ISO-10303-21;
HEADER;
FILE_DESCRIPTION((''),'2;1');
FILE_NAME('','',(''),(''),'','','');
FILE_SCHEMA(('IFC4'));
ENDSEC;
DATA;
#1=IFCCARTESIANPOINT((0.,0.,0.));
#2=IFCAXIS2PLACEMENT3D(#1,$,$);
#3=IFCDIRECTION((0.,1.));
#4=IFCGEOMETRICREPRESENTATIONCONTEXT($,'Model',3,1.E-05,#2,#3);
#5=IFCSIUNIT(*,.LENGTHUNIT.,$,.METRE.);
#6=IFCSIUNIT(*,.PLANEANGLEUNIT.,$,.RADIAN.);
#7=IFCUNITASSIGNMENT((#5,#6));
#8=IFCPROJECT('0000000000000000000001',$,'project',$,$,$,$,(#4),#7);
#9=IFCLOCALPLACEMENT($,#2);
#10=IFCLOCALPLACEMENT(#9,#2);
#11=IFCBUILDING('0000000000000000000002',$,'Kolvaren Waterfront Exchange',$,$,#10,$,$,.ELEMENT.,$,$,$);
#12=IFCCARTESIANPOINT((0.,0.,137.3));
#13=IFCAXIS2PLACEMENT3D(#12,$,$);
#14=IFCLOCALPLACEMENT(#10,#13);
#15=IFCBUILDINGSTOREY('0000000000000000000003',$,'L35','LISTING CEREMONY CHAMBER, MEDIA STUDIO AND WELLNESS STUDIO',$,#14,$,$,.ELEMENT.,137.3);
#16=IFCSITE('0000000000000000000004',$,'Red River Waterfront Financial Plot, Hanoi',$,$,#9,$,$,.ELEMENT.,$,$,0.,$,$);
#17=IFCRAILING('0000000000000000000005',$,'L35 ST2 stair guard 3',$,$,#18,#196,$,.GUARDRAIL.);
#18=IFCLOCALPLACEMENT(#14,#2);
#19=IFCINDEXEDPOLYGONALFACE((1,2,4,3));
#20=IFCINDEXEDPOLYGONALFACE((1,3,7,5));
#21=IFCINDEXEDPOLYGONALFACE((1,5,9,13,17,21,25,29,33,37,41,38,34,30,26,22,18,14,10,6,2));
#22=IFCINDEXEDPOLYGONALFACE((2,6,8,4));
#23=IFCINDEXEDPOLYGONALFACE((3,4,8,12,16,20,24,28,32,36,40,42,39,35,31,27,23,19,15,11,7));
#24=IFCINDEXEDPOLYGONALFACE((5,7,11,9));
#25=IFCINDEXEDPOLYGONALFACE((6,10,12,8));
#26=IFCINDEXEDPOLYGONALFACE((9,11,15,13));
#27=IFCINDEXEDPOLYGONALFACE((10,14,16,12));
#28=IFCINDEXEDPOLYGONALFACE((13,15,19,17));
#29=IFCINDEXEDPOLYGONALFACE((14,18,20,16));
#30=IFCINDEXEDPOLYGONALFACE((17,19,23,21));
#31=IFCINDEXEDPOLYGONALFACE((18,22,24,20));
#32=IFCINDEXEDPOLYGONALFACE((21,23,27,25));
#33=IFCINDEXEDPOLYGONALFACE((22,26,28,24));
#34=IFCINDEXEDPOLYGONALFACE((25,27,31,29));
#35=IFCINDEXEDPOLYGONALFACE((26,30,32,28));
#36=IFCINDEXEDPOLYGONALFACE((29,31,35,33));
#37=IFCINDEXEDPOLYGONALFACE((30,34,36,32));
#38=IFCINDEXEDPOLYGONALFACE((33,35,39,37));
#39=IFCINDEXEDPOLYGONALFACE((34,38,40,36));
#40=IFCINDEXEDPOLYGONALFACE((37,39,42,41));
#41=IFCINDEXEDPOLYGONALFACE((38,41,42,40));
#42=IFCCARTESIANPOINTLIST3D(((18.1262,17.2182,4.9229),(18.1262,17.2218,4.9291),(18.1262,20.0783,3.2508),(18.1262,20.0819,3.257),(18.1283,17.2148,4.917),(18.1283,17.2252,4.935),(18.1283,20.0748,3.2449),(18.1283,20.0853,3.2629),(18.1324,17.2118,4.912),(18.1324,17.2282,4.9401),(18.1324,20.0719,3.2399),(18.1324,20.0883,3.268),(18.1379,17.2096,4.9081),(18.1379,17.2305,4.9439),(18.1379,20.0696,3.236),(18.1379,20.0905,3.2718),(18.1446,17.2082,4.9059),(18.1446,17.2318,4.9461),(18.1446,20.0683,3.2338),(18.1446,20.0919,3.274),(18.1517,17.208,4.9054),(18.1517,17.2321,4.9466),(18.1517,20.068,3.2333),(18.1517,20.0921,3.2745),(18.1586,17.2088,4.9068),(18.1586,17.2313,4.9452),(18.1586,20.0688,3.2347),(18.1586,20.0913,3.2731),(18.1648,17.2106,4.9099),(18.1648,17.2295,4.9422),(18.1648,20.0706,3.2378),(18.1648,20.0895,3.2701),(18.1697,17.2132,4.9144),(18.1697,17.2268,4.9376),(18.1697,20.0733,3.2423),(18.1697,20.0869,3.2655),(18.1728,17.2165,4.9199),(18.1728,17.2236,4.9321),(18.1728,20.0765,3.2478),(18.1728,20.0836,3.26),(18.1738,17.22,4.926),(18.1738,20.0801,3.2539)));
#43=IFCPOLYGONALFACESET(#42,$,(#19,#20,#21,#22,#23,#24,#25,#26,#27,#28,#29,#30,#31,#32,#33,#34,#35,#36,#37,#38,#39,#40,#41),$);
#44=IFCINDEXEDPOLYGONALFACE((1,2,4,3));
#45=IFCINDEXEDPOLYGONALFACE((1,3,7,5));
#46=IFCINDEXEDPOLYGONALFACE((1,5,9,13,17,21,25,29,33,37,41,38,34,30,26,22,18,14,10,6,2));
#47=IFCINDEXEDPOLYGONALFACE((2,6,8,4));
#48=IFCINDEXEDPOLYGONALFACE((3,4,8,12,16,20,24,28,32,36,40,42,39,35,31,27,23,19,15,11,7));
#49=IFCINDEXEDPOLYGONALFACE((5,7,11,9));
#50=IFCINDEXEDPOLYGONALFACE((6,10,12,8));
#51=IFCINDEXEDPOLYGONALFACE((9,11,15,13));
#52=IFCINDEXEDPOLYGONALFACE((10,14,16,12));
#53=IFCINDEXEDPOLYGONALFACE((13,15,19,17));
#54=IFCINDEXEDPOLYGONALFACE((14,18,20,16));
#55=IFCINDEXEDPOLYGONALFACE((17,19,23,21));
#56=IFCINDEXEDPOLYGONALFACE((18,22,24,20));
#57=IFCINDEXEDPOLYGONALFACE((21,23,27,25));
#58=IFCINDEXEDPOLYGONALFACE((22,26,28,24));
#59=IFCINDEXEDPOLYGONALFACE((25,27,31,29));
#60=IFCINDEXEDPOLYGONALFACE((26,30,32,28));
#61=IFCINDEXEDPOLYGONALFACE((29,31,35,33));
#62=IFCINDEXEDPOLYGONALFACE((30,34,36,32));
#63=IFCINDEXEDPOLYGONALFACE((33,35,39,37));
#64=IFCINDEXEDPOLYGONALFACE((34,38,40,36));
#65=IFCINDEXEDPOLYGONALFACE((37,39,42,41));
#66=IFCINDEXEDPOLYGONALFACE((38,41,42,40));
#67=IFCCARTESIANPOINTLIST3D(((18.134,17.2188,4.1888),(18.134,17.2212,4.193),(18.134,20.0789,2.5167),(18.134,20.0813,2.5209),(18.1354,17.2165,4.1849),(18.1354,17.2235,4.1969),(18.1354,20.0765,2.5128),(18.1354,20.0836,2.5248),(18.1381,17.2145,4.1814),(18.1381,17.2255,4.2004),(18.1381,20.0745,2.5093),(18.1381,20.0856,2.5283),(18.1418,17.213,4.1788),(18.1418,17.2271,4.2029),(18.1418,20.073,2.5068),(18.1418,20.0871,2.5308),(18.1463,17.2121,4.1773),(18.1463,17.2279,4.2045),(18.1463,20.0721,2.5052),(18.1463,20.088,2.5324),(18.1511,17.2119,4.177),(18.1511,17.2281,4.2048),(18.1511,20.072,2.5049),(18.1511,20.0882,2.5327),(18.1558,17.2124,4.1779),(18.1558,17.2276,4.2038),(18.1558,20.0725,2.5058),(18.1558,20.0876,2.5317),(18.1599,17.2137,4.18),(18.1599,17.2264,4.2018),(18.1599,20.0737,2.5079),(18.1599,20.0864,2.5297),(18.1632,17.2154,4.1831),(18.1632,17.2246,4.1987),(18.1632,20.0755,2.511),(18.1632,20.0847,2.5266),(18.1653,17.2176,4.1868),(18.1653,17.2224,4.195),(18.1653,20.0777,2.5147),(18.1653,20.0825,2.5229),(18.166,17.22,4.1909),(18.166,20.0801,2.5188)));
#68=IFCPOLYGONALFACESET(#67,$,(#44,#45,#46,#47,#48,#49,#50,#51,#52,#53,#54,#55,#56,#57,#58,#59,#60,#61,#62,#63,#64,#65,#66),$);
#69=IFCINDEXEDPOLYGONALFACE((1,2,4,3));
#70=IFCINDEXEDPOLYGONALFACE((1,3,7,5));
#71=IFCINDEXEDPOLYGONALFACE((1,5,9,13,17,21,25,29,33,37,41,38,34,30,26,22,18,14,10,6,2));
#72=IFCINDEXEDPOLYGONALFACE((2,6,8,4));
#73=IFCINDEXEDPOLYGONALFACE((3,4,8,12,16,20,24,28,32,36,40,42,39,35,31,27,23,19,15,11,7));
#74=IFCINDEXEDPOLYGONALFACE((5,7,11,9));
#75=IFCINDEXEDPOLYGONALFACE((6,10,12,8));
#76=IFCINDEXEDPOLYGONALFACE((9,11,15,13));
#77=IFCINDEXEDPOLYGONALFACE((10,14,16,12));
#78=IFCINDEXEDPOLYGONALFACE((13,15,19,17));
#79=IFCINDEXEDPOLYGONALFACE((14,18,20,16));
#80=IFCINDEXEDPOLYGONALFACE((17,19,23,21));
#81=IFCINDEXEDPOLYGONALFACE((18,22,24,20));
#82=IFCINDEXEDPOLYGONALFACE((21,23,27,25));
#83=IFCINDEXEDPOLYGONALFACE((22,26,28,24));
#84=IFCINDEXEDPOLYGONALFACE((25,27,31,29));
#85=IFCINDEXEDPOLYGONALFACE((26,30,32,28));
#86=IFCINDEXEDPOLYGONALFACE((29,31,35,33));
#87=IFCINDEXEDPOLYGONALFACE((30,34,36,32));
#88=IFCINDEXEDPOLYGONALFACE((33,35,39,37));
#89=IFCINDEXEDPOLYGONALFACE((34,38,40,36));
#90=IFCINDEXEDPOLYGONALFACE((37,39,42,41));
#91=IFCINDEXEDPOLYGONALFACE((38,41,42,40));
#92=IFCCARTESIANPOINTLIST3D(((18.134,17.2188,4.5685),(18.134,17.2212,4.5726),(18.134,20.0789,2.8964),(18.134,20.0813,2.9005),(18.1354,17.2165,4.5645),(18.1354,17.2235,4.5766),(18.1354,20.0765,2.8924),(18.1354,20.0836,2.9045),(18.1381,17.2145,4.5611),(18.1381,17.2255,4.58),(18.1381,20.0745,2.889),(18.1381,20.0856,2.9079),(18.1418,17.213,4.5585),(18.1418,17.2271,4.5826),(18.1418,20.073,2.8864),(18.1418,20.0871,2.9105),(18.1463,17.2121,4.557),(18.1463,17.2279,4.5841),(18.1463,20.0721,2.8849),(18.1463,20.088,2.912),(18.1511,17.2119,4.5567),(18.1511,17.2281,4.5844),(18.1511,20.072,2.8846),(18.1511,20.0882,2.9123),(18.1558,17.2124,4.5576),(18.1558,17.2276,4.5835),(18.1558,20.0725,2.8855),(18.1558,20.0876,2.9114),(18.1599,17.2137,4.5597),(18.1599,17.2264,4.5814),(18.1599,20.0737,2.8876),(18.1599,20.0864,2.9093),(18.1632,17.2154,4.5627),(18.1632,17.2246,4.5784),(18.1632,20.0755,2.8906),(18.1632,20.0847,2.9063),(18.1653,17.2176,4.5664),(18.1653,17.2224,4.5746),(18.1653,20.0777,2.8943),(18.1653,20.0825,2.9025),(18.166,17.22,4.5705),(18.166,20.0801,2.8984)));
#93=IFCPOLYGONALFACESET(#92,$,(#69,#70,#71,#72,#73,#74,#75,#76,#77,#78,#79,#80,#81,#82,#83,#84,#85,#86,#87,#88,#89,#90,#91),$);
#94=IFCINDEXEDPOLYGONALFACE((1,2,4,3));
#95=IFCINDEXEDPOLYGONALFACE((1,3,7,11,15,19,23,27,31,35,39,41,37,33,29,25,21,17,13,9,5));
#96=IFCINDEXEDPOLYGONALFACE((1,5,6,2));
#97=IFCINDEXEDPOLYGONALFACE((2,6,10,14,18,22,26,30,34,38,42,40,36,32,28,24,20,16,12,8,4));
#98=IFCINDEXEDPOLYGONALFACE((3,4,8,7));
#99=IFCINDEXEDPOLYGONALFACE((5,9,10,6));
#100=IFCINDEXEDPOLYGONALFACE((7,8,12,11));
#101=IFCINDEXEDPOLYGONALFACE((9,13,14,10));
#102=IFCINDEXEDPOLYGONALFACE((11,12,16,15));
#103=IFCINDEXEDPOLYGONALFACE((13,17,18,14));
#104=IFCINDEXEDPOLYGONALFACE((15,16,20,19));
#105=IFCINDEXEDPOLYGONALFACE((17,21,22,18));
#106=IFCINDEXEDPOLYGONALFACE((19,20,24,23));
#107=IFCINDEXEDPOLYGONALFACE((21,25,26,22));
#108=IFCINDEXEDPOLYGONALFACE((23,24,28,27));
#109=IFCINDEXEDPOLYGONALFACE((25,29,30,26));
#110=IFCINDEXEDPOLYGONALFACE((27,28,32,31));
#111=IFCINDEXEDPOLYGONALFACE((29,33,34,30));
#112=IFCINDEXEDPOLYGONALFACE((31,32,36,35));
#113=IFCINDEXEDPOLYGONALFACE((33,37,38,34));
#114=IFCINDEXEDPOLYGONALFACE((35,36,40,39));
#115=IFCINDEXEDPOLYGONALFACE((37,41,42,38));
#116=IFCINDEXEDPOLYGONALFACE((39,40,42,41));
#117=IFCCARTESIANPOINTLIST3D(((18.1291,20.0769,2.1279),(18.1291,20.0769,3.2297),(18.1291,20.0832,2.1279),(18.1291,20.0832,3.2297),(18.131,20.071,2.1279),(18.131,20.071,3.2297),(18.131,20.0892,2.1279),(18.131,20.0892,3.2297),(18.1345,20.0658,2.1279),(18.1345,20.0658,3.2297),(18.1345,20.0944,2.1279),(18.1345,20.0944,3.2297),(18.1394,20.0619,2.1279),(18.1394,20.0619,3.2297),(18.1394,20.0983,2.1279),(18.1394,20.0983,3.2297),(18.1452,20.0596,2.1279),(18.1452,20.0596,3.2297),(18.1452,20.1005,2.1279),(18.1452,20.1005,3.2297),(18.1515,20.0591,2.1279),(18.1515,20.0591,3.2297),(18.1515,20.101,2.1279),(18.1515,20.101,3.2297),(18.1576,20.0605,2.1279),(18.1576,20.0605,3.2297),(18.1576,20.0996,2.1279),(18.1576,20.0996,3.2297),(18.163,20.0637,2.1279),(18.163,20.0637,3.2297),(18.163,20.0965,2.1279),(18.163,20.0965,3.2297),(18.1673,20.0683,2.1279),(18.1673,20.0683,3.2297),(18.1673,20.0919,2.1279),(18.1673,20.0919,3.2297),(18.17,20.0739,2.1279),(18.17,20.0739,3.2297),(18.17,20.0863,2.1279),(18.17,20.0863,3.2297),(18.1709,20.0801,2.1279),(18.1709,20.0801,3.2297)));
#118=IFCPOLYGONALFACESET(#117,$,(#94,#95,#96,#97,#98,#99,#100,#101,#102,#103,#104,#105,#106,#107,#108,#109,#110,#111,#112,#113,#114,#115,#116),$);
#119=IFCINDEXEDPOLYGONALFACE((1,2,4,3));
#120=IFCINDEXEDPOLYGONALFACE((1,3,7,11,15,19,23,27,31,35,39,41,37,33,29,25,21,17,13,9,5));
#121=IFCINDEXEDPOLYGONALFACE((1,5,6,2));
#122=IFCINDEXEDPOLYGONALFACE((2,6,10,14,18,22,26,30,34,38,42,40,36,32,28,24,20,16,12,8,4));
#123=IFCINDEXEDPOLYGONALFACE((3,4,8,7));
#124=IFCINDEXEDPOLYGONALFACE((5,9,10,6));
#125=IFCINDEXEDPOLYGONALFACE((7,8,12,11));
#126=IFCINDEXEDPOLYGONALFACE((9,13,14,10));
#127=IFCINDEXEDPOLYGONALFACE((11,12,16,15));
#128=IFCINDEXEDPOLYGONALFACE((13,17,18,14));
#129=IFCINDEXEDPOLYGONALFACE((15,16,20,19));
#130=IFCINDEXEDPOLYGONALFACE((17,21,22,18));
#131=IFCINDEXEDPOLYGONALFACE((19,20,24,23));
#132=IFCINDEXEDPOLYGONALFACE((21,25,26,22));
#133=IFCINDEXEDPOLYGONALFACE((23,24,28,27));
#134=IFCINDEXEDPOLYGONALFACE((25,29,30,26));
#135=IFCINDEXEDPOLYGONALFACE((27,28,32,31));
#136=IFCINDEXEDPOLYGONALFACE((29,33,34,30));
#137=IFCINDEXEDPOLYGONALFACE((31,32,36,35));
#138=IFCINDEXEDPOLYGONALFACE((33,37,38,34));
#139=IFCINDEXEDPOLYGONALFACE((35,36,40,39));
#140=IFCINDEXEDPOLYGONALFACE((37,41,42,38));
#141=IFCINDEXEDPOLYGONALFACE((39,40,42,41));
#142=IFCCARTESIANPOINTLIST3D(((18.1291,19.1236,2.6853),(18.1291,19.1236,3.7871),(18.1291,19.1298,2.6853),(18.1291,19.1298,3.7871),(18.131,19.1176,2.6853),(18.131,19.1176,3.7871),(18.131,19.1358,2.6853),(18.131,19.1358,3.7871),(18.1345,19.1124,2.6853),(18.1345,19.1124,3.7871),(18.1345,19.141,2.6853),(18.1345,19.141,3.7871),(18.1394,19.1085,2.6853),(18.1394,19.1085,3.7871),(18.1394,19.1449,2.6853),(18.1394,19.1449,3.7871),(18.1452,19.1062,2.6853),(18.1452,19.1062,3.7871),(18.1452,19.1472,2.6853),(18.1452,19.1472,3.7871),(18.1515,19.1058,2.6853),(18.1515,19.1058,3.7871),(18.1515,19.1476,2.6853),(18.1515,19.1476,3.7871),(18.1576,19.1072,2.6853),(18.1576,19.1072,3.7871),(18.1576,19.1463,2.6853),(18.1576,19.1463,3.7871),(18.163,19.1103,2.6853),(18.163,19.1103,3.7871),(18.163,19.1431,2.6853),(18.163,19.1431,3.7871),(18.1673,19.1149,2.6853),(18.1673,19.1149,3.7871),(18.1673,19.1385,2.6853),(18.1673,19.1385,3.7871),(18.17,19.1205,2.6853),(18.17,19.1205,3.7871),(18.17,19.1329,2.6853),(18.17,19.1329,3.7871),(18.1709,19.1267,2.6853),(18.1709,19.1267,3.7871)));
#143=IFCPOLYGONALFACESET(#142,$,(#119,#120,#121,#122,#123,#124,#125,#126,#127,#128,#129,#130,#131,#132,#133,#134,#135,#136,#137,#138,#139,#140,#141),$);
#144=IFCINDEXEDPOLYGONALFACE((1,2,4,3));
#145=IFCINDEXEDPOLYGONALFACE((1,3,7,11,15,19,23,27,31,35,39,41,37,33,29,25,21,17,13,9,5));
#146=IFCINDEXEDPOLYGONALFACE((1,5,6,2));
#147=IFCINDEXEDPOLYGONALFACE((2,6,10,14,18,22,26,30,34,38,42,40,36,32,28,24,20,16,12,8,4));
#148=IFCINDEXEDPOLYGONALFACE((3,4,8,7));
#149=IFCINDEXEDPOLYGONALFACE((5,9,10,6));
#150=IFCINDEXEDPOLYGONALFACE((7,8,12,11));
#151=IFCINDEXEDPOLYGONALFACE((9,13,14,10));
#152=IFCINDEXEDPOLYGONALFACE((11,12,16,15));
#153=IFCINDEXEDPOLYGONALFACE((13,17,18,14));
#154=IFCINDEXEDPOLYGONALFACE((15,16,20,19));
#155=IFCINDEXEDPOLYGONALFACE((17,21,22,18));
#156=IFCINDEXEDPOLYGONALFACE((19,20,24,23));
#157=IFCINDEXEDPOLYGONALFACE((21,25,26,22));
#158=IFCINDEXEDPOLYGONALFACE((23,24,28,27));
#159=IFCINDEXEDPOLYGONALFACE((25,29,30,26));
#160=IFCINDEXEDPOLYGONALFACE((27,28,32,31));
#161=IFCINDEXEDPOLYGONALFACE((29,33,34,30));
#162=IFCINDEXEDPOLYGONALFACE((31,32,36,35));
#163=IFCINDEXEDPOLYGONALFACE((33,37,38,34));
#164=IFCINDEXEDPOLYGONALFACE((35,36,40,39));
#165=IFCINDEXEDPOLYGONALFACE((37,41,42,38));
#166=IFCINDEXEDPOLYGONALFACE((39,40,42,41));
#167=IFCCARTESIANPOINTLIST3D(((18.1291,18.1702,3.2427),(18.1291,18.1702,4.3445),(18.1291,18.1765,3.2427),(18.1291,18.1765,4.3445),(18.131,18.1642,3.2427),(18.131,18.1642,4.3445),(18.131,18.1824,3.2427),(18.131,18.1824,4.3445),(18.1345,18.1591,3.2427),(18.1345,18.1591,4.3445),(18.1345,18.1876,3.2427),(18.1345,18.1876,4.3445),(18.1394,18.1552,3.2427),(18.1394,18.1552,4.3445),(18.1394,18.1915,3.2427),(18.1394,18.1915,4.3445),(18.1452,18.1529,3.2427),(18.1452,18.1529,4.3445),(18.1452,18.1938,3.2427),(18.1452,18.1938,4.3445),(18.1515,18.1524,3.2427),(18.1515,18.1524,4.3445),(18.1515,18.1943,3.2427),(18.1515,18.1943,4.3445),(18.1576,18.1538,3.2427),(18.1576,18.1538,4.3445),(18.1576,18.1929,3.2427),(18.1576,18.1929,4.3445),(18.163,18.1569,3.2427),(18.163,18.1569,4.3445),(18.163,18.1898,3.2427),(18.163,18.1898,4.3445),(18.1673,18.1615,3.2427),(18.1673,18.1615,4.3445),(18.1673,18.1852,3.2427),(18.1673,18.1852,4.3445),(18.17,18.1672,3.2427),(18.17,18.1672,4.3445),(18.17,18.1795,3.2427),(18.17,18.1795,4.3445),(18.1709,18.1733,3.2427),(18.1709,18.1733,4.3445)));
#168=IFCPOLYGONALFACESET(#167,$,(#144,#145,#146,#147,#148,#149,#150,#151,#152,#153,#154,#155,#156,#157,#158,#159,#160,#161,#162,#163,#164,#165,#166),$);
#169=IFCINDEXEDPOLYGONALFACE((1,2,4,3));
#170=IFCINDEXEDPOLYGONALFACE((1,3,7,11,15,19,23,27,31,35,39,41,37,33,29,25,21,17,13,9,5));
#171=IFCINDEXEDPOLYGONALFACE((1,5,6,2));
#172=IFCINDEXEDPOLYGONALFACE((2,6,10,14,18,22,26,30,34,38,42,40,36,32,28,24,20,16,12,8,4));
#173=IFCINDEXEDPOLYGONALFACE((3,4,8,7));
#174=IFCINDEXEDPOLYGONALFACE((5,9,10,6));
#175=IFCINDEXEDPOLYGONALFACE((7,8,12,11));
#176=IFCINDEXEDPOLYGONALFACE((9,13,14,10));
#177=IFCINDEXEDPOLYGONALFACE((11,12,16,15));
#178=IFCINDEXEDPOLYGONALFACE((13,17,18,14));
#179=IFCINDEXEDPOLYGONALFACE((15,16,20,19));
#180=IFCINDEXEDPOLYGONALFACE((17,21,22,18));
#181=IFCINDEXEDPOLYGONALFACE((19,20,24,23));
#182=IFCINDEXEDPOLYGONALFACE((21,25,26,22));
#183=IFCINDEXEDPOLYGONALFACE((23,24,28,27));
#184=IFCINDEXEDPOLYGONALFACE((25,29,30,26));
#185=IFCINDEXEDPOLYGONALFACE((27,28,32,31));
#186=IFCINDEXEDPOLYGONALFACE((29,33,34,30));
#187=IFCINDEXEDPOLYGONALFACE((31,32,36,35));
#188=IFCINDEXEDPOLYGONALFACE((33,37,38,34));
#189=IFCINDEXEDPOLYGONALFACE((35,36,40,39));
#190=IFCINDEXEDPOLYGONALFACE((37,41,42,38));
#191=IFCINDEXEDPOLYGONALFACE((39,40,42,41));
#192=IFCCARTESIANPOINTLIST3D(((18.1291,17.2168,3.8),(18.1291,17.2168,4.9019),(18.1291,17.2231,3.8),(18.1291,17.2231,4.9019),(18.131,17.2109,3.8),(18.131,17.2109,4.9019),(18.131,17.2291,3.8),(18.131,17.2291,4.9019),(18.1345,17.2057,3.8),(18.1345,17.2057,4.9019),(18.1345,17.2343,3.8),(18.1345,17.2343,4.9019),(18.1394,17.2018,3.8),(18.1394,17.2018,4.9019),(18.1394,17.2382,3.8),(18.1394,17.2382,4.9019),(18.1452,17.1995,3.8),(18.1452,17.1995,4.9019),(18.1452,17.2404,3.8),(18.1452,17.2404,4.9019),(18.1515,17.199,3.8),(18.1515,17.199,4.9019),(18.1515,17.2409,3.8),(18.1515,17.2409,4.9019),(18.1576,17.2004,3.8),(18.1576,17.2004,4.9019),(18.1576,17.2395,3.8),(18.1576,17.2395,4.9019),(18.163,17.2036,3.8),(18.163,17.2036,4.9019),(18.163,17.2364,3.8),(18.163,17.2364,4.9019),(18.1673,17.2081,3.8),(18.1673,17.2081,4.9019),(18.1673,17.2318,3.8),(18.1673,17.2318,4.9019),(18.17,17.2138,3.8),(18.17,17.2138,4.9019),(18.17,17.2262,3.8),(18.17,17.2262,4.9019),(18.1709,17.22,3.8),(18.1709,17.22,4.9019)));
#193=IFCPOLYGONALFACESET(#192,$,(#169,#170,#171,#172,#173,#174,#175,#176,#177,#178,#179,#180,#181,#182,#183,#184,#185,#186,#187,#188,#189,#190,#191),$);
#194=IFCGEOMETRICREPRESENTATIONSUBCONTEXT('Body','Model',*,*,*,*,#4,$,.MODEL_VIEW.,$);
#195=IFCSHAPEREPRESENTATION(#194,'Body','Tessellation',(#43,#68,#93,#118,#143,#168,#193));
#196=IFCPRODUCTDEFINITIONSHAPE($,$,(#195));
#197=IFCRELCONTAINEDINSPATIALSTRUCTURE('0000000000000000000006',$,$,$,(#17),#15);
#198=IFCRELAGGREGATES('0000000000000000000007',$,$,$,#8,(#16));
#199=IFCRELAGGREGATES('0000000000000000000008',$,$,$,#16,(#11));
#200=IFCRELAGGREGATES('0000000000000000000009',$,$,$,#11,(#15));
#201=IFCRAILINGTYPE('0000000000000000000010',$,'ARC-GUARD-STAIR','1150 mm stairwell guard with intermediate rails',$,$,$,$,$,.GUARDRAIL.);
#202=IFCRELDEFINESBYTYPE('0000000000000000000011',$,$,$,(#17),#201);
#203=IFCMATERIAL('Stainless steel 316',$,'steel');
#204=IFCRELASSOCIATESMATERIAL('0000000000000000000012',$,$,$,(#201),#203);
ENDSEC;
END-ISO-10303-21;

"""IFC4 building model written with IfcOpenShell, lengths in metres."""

from ifc_helpers import new_model, si_unit, direction, frame, origin, origin_2d, place, context, subcontext, project, spatial, circle, extrude, material, type_object, element, save


model = new_model("IFC4")

# Units and contexts
model_context = context("Model", 3, precision=1e-05, world=origin(), true_north=direction((0.0, 1.0)))
body_context = subcontext(model_context, "Body", "Model", "MODEL_VIEW")
ifc_project = project(units=[si_unit("LENGTHUNIT", "METRE"), si_unit("PLANEANGLEUNIT", "RADIAN")], contexts=[model_context])

# Site, building, storey
site_placement = place(None, origin())
site = spatial("IfcSite", under=ifc_project, at=site_placement, Name="Red River Waterfront Financial Plot, Hanoi", CompositionType="ELEMENT", RefElevation=0.0)
building_placement = place(site_placement, origin())
building = spatial("IfcBuilding", under=site, at=building_placement, Name="Kolvaren Waterfront Exchange", CompositionType="ELEMENT")
storey_placement = place(building_placement, frame((0.0, 0.0, 137.3)))
storey = spatial("IfcBuildingStorey", under=building, at=storey_placement, Name="L35", Description="LISTING CEREMONY CHAMBER, MEDIA STUDIO AND WELLNESS STUDIO", CompositionType="ELEMENT", Elevation=137.3)

# Railing
ifc_material_1 = material(Name="Stainless steel 316", Category="steel")
railing_type_1 = type_object("IfcRailingType", Name="ARC-GUARD-STAIR", Description="1150 mm stairwell guard with intermediate rails", PredefinedType="GUARDRAIL", material=ifc_material_1)
railing_1_placement = place(storey_placement, frame((18.1499, 20.0801, 2.1279)))
element("IfcRailing", 1, at=railing_1_placement, inside=storey, type_object=railing_type_1, Name="L35 ST2 stair guard 3", PredefinedType="GUARDRAIL", context=body_context, shape_type="SweptSolid", body=[
    extrude(circle(Radius=0.0239, at=origin_2d()), frame((0.0, 0.0, 1.126), z_axis=(0.0, -0.863289, 0.504709), x_axis=(1.0, 0.0, 0.0)), (0.0, 0.0, 1.0), 3.313),
    extrude(circle(Radius=0.0161, at=origin_2d()), frame((0.0, 0.0, 0.3909), z_axis=(0.0, -0.863289, 0.504709), x_axis=(1.0, 0.0, 0.0)), (0.0, 0.0, 1.0), 3.313),
    extrude(circle(Radius=0.0161, at=origin_2d()), frame((0.0, 0.0, 0.7705), z_axis=(0.0, -0.863289, 0.504709), x_axis=(1.0, 0.0, 0.0)), (0.0, 0.0, 1.0), 3.313),
    extrude(circle(Radius=0.021, at=origin_2d()), origin(), (0.0, 0.0, 1.0), 1.1018),
    extrude(circle(Radius=0.021, at=origin_2d()), frame((0.0, -0.9534, 0.5574)), (0.0, 0.0, 1.0), 1.1018),
    extrude(circle(Radius=0.021, at=origin_2d()), frame((0.0, -1.9067, 1.1147)), (0.0, 0.0, 1.0), 1.1018),
    extrude(circle(Radius=0.021, at=origin_2d()), frame((0.0, -2.8601, 1.6721)), (0.0, 0.0, 1.0), 1.1018),
])

save(model, "model.ifc")
